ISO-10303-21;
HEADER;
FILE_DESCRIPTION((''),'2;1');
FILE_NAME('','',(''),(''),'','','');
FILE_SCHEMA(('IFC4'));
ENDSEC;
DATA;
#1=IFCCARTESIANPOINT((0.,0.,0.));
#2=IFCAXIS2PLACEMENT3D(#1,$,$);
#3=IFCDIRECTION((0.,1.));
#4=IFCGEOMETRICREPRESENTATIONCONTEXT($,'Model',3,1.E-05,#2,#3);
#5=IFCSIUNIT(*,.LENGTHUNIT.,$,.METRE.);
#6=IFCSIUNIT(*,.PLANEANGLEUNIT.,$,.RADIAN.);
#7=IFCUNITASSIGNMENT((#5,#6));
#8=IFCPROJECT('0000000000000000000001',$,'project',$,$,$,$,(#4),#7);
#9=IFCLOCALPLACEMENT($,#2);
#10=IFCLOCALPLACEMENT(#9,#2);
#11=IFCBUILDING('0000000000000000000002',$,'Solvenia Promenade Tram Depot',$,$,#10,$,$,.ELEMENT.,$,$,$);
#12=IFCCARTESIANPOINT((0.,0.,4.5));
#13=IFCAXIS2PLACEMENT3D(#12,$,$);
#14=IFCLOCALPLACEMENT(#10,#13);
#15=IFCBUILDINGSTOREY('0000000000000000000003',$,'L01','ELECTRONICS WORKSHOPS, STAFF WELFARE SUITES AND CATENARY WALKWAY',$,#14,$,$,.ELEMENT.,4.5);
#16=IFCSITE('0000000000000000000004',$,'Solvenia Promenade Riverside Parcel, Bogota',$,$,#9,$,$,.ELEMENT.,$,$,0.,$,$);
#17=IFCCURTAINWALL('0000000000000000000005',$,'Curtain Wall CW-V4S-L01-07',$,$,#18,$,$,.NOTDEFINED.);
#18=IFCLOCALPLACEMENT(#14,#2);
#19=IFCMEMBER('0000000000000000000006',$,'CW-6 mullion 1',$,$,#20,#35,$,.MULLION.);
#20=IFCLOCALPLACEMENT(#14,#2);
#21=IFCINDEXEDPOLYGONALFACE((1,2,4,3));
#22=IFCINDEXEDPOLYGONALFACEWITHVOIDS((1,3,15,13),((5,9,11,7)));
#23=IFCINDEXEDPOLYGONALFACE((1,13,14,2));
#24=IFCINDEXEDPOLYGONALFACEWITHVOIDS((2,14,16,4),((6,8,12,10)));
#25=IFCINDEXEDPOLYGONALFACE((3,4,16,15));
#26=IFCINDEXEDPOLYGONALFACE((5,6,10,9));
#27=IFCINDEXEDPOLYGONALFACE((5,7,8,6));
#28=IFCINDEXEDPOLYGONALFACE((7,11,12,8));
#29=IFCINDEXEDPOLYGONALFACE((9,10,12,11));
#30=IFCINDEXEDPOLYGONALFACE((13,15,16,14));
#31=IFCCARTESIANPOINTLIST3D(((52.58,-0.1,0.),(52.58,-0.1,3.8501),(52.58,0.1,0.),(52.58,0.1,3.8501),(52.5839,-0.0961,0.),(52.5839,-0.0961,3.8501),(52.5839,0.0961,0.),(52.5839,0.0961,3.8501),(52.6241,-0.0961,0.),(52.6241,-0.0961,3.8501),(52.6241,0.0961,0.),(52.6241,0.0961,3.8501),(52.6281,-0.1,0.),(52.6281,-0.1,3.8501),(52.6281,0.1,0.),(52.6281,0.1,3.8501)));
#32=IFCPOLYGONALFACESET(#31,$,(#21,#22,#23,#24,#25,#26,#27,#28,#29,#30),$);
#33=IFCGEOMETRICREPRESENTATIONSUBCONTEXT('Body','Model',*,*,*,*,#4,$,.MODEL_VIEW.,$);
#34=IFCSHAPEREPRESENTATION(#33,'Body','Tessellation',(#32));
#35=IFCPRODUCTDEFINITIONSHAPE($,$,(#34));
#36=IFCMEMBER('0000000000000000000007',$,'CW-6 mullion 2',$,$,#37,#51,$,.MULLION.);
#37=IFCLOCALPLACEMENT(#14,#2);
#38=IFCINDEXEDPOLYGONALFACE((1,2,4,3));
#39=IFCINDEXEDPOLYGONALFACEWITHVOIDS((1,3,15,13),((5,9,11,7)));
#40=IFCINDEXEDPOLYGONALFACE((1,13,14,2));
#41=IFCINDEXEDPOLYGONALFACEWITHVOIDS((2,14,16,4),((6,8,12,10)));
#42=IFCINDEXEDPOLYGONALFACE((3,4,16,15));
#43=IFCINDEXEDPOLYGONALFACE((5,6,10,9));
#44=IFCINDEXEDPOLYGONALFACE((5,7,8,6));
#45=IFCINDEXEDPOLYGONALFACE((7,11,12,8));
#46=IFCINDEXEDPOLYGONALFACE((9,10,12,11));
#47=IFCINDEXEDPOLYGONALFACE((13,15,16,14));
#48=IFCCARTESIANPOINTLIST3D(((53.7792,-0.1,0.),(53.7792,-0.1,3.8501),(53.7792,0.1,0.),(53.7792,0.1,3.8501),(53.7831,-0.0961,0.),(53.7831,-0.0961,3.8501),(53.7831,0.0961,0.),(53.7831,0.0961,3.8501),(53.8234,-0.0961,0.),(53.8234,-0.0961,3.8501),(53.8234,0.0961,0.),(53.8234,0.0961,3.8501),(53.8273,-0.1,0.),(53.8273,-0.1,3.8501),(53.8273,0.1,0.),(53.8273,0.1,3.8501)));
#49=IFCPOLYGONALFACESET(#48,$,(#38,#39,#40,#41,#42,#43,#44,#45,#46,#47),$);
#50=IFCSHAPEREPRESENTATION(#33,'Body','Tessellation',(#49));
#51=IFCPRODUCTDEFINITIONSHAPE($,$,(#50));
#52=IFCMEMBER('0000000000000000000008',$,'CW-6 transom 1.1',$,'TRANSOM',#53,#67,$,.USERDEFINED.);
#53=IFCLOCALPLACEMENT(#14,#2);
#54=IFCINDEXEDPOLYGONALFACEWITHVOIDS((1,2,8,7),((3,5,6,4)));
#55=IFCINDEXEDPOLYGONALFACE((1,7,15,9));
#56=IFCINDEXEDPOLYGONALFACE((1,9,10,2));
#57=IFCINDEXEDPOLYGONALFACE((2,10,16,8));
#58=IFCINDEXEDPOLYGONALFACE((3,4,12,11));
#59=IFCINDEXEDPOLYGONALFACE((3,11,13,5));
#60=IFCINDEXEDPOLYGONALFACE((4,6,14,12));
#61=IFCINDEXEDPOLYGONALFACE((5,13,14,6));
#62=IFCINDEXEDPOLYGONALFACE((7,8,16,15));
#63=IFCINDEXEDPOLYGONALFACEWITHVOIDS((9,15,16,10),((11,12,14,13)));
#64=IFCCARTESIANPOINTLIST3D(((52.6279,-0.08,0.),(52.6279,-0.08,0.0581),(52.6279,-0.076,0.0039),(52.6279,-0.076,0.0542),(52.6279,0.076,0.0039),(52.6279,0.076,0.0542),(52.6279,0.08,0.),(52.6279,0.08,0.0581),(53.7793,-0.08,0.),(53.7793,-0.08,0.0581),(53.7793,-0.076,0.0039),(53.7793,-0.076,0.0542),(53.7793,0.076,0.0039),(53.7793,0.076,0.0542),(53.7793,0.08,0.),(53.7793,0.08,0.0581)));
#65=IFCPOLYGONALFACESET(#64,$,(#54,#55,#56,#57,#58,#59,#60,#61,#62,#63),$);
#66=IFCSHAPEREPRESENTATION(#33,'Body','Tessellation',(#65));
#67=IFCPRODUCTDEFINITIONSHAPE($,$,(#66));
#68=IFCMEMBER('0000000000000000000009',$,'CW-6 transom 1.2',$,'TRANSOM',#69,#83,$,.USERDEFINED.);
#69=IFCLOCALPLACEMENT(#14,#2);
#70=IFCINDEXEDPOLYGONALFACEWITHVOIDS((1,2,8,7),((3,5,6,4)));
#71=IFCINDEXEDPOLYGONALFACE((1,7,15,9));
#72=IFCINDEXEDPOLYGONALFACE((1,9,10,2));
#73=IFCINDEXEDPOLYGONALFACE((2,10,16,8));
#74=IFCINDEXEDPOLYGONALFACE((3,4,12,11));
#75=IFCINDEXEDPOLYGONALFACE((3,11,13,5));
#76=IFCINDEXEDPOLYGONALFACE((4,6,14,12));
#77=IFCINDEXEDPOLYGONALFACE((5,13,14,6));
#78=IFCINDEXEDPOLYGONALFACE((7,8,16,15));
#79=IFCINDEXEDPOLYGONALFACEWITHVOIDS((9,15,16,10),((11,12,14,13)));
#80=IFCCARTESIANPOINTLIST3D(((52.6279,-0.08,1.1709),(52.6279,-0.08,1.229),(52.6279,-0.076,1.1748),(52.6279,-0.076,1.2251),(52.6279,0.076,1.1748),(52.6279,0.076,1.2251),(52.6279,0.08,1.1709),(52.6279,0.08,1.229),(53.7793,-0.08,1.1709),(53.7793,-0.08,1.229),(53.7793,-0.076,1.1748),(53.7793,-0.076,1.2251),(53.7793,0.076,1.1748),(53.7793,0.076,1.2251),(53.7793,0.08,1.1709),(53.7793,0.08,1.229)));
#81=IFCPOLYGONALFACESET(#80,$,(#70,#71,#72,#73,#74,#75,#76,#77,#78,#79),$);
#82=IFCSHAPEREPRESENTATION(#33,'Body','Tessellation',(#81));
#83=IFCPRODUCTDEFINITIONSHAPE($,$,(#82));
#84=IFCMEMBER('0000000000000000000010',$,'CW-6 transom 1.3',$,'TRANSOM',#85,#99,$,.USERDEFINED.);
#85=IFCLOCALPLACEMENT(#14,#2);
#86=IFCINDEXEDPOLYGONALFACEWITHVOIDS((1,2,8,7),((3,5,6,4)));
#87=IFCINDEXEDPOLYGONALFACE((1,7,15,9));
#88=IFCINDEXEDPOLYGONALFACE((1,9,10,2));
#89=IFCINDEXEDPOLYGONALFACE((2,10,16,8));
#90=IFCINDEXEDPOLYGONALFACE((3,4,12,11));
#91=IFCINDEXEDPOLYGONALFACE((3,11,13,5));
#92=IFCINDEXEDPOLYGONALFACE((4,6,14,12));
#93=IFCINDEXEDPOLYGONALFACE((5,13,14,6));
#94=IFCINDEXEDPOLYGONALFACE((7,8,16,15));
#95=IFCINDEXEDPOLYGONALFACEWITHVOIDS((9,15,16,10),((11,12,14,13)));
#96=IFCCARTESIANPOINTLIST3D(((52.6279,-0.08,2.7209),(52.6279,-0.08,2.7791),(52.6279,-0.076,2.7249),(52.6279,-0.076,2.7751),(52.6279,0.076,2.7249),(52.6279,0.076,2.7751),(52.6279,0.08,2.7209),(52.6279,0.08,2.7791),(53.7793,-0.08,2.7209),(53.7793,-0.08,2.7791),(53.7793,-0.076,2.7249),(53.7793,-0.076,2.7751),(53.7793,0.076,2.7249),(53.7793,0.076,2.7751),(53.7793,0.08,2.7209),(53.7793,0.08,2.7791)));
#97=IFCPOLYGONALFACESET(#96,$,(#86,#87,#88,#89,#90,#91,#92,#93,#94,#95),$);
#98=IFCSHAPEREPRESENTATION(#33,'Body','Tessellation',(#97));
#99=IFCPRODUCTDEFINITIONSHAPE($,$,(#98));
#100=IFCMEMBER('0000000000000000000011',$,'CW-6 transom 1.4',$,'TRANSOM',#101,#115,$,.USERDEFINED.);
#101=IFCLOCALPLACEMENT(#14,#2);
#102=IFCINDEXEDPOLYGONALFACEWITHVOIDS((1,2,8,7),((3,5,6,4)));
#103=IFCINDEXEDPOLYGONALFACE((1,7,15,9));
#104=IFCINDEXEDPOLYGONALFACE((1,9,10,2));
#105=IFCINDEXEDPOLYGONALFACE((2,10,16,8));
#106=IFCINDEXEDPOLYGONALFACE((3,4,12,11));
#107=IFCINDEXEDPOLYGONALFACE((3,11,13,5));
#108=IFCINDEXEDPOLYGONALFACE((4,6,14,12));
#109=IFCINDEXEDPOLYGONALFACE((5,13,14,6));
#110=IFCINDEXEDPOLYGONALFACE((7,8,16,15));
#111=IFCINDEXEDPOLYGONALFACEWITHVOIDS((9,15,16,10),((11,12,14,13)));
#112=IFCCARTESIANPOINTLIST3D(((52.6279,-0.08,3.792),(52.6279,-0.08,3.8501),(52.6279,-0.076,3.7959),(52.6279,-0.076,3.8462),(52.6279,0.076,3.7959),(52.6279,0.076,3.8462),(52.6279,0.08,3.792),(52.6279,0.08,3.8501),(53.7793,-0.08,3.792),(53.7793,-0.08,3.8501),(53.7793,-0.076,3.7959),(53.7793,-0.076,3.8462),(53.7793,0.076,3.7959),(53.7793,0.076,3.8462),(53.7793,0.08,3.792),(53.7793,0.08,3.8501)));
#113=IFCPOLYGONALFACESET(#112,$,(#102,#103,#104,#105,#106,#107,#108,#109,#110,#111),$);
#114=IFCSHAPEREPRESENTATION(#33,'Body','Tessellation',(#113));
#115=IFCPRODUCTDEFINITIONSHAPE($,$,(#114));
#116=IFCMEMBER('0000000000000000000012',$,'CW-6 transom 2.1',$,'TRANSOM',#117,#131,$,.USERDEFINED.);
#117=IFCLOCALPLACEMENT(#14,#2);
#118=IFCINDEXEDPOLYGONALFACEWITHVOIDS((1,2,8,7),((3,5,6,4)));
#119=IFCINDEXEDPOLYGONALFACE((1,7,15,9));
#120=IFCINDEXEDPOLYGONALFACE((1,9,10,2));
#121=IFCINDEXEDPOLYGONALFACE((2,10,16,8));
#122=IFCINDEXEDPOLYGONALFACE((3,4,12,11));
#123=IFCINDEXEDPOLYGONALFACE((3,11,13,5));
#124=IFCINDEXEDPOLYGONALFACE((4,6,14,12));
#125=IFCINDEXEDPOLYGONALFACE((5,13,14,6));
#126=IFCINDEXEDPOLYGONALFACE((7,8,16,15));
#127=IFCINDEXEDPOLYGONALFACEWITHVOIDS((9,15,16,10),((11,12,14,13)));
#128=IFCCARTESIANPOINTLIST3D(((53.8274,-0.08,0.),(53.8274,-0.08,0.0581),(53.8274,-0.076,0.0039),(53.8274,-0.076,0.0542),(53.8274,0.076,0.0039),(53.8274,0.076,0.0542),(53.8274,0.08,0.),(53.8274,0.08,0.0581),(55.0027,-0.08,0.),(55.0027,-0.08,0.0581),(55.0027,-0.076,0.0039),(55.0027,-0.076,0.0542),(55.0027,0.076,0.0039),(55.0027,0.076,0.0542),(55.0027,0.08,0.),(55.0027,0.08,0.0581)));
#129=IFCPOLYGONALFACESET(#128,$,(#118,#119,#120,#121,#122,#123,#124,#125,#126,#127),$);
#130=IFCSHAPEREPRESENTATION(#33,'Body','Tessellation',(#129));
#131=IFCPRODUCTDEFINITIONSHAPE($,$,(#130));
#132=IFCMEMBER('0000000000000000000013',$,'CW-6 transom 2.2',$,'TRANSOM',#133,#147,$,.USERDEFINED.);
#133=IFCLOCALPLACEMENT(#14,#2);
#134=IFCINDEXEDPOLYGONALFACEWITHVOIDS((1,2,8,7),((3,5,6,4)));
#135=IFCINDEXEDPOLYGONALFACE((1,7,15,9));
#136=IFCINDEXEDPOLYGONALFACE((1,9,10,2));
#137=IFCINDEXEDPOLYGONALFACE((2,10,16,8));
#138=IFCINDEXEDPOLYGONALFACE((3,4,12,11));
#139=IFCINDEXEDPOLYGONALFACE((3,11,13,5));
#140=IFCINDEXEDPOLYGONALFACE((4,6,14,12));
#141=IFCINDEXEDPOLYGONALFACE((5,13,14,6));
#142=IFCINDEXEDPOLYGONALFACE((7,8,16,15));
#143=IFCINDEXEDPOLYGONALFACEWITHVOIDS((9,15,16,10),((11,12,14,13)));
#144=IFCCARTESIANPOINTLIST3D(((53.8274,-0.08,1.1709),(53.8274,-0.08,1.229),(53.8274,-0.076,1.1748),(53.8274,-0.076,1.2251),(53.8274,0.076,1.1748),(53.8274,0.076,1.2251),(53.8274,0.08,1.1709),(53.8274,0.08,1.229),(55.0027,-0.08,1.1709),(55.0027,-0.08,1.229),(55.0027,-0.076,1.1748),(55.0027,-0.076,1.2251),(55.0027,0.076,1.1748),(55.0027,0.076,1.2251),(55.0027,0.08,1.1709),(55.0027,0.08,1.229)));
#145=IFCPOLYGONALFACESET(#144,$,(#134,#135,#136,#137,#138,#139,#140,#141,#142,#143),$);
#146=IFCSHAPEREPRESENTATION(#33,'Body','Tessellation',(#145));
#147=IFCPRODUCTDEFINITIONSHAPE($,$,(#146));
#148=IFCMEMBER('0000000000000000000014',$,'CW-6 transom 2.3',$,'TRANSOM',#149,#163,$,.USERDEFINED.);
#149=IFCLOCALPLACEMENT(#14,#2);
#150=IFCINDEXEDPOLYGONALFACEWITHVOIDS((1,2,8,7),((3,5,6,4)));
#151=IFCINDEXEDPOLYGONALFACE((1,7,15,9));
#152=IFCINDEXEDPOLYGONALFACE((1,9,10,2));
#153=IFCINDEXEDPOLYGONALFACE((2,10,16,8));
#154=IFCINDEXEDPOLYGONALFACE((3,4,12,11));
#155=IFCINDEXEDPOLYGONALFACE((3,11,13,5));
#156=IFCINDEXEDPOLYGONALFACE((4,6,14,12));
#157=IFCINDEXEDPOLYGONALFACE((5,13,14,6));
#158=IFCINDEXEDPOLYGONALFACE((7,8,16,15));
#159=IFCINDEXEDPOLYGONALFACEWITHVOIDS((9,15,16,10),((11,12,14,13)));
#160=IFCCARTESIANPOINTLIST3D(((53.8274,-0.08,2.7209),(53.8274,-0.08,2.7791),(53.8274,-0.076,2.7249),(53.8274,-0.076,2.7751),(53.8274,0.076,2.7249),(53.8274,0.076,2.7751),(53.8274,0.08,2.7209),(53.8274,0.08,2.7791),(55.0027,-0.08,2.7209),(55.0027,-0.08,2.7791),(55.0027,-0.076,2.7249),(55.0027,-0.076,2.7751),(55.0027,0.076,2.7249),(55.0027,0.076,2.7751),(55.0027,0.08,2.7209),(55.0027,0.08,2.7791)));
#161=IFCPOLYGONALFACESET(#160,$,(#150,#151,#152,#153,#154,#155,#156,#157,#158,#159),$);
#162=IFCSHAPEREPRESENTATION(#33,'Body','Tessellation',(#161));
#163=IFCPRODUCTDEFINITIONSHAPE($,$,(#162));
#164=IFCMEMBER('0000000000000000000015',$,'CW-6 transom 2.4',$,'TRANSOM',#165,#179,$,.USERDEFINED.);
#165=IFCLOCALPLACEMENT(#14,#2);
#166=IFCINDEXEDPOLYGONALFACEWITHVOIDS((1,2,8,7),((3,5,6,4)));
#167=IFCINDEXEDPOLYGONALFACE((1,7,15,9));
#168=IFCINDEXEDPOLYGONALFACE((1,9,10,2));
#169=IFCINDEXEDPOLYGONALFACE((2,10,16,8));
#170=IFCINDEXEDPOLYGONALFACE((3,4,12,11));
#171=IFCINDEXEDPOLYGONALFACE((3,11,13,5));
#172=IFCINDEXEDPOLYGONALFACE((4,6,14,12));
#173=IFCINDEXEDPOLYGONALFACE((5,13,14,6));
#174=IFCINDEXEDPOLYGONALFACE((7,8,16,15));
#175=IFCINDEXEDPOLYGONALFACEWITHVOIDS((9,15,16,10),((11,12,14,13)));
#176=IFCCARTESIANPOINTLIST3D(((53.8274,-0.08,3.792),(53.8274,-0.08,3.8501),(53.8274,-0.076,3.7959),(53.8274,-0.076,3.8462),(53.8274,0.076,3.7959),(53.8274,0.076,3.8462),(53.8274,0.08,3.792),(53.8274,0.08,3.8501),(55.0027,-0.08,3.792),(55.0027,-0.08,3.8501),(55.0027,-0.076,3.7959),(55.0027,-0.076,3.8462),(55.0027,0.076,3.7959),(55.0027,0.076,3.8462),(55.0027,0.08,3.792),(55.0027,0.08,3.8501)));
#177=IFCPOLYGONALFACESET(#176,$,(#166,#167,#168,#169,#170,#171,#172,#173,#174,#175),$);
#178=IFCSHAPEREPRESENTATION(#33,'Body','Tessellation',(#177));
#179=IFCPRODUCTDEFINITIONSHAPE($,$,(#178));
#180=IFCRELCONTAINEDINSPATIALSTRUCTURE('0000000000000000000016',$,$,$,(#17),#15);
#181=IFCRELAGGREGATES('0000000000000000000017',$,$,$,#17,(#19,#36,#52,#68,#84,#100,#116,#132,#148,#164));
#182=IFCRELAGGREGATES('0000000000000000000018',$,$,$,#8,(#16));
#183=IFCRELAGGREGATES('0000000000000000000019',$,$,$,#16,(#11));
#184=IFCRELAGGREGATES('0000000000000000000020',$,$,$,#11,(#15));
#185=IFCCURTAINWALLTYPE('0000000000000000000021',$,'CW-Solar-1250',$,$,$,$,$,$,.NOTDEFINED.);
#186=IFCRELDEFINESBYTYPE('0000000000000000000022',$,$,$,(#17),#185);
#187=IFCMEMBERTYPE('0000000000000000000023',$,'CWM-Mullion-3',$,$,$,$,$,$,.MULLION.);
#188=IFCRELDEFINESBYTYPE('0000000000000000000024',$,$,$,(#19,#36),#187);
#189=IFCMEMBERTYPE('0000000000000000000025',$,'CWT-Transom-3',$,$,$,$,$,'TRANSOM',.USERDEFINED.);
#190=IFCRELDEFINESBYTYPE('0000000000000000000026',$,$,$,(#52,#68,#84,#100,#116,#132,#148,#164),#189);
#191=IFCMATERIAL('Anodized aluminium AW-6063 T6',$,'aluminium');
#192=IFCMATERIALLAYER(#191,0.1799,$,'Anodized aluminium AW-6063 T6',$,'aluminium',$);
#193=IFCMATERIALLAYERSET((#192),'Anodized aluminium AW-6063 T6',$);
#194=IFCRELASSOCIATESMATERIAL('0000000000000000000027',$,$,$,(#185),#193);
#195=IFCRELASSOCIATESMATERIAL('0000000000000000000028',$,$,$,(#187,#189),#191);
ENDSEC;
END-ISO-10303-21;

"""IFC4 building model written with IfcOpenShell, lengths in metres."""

from ifc_helpers import new_model, si_unit, direction, frame, origin, origin_2d, place, context, subcontext, project, spatial, hollow_rectangle, extrude, material, layer, layer_set, material_profile, profile_set, type_object, element, aggregate, save


model = new_model("IFC4")

# Units and contexts
model_context = context("Model", 3, precision=1e-05, world=origin(), true_north=direction((0.0, 1.0)))
body_context = subcontext(model_context, "Body", "Model", "MODEL_VIEW")
ifc_project = project(units=[si_unit("LENGTHUNIT", "METRE"), si_unit("PLANEANGLEUNIT", "RADIAN")], contexts=[model_context])

# Site, building, storey
site_placement = place(None, origin())
site = spatial("IfcSite", under=ifc_project, at=site_placement, Name="Solvenia Promenade Riverside Parcel, Bogota", CompositionType="ELEMENT", RefElevation=0.0)
building_placement = place(site_placement, origin())
building = spatial("IfcBuilding", under=site, at=building_placement, Name="Solvenia Promenade Tram Depot", CompositionType="ELEMENT")
storey_placement = place(building_placement, frame((0.0, 0.0, 4.5)))
storey = spatial("IfcBuildingStorey", under=building, at=storey_placement, Name="L01", Description="ELECTRONICS WORKSHOPS, STAFF WELFARE SUITES AND CATENARY WALKWAY", CompositionType="ELEMENT", Elevation=4.5)

# Curtain wall, members
ifc_material_1 = material(Name="Anodized aluminium AW-6063 T6", Category="aluminium")
ifc_layer_1 = layer(ifc_material_1, 0.1799, Name="Anodized aluminium AW-6063 T6", Category="aluminium")
ifc_layer_set_1 = layer_set([ifc_layer_1], Name="Anodized aluminium AW-6063 T6")
curtain_wall_type = type_object("IfcCurtainWallType", Name="CW-Solar-1250", PredefinedType="NOTDEFINED", material=ifc_layer_set_1)
curtain_wall_placement = place(storey_placement, origin())
curtain_wall = element("IfcCurtainWall", 1, at=curtain_wall_placement, inside=storey, type_object=curtain_wall_type, Name="Curtain Wall CW-V4S-L01-07", PredefinedType="NOTDEFINED")
ifc_material_profile_1 = material_profile(ifc_material_1, hollow_rectangle(XDim=0.2, YDim=0.0481, WallThickness=0.0039, at=origin_2d()), Name="ALU-M3", Category="aluminium")
ifc_profile_set_1 = profile_set([ifc_material_profile_1], Name="Anodized aluminium AW-6063 T6")
member_type_1 = type_object("IfcMemberType", Name="CWM-Mullion-3", PredefinedType="MULLION", material=ifc_profile_set_1)
member_1_placement = place(storey_placement, frame((52.604, 0.0, 0.0), z_axis=(0.0, 0.0, 1.0), x_axis=(0.0, 1.0, 0.0)))
member_1 = element("IfcMember", 2, at=member_1_placement, type_object=member_type_1, Name="CW-6 mullion 1", PredefinedType="MULLION", context=body_context, shape_type="SweptSolid", body=[
    extrude(hollow_rectangle(XDim=0.2, YDim=0.0481, WallThickness=0.0039, at=origin_2d()), origin(), (0.0, 0.0, 1.0), 3.8501),
])
member_2_placement = place(storey_placement, frame((53.8032, 0.0, 0.0), z_axis=(0.0, 0.0, 1.0), x_axis=(0.0, 1.0, 0.0)))
member_2 = element("IfcMember", 3, at=member_2_placement, type_object=member_type_1, Name="CW-6 mullion 2", PredefinedType="MULLION", context=body_context, shape_type="SweptSolid", body=[
    extrude(hollow_rectangle(XDim=0.2, YDim=0.0481, WallThickness=0.0039, at=origin_2d()), origin(), (0.0, 0.0, 1.0), 3.8501),
])
ifc_material_profile_2 = material_profile(ifc_material_1, hollow_rectangle(XDim=0.1599, YDim=0.0581, WallThickness=0.0039, at=origin_2d()), Name="ALU-T3", Category="aluminium")
ifc_profile_set_2 = profile_set([ifc_material_profile_2], Name="Anodized aluminium AW-6063 T6")
member_type_2 = type_object("IfcMemberType", Name="CWT-Transom-3", ElementType="TRANSOM", PredefinedType="USERDEFINED", material=ifc_profile_set_2)
member_3_placement = place(storey_placement, frame((52.6279, 0.0, 0.0291), z_axis=(1.0, 0.0, 0.0), x_axis=(0.0, 1.0, 0.0)))
member_3 = element("IfcMember", 4, at=member_3_placement, type_object=member_type_2, Name="CW-6 transom 1.1", ObjectType="TRANSOM", PredefinedType="USERDEFINED", context=body_context, shape_type="SweptSolid", body=[
    extrude(hollow_rectangle(XDim=0.1599, YDim=0.0581, WallThickness=0.0039, at=origin_2d()), origin(), (0.0, 0.0, 1.0), 1.1514),
])
member_4_placement = place(storey_placement, frame((52.6279, 0.0, 1.2), z_axis=(1.0, 0.0, 0.0), x_axis=(0.0, 1.0, 0.0)))
member_4 = element("IfcMember", 5, at=member_4_placement, type_object=member_type_2, Name="CW-6 transom 1.2", ObjectType="TRANSOM", PredefinedType="USERDEFINED", context=body_context, shape_type="SweptSolid", body=[
    extrude(hollow_rectangle(XDim=0.1599, YDim=0.0581, WallThickness=0.0039, at=origin_2d()), origin(), (0.0, 0.0, 1.0), 1.1514),
])
member_5_placement = place(storey_placement, frame((52.6279, 0.0, 2.75), z_axis=(1.0, 0.0, 0.0), x_axis=(0.0, 1.0, 0.0)))
member_5 = element("IfcMember", 6, at=member_5_placement, type_object=member_type_2, Name="CW-6 transom 1.3", ObjectType="TRANSOM", PredefinedType="USERDEFINED", context=body_context, shape_type="SweptSolid", body=[
    extrude(hollow_rectangle(XDim=0.1599, YDim=0.0581, WallThickness=0.0039, at=origin_2d()), origin(), (0.0, 0.0, 1.0), 1.1514),
])
member_6_placement = place(storey_placement, frame((52.6279, 0.0, 3.821), z_axis=(1.0, 0.0, 0.0), x_axis=(0.0, 1.0, 0.0)))
member_6 = element("IfcMember", 7, at=member_6_placement, type_object=member_type_2, Name="CW-6 transom 1.4", ObjectType="TRANSOM", PredefinedType="USERDEFINED", context=body_context, shape_type="SweptSolid", body=[
    extrude(hollow_rectangle(XDim=0.1599, YDim=0.0581, WallThickness=0.0039, at=origin_2d()), origin(), (0.0, 0.0, 1.0), 1.1514),
])
member_7_placement = place(storey_placement, frame((53.8274, 0.0, 0.0291), z_axis=(1.0, 0.0, 0.0), x_axis=(0.0, 1.0, 0.0)))
member_7 = element("IfcMember", 8, at=member_7_placement, type_object=member_type_2, Name="CW-6 transom 2.1", ObjectType="TRANSOM", PredefinedType="USERDEFINED", context=body_context, shape_type="SweptSolid", body=[
    extrude(hollow_rectangle(XDim=0.1599, YDim=0.0581, WallThickness=0.0039, at=origin_2d()), origin(), (0.0, 0.0, 1.0), 1.1753),
])
member_8_placement = place(storey_placement, frame((53.8274, 0.0, 1.2), z_axis=(1.0, 0.0, 0.0), x_axis=(0.0, 1.0, 0.0)))
member_8 = element("IfcMember", 9, at=member_8_placement, type_object=member_type_2, Name="CW-6 transom 2.2", ObjectType="TRANSOM", PredefinedType="USERDEFINED", context=body_context, shape_type="SweptSolid", body=[
    extrude(hollow_rectangle(XDim=0.1599, YDim=0.0581, WallThickness=0.0039, at=origin_2d()), origin(), (0.0, 0.0, 1.0), 1.1753),
])
member_9_placement = place(storey_placement, frame((53.8274, 0.0, 2.75), z_axis=(1.0, 0.0, 0.0), x_axis=(0.0, 1.0, 0.0)))
member_9 = element("IfcMember", 10, at=member_9_placement, type_object=member_type_2, Name="CW-6 transom 2.3", ObjectType="TRANSOM", PredefinedType="USERDEFINED", context=body_context, shape_type="SweptSolid", body=[
    extrude(hollow_rectangle(XDim=0.1599, YDim=0.0581, WallThickness=0.0039, at=origin_2d()), origin(), (0.0, 0.0, 1.0), 1.1753),
])
member_10_placement = place(storey_placement, frame((53.8274, 0.0, 3.821), z_axis=(1.0, 0.0, 0.0), x_axis=(0.0, 1.0, 0.0)))
member_10 = element("IfcMember", 11, at=member_10_placement, type_object=member_type_2, Name="CW-6 transom 2.4", ObjectType="TRANSOM", PredefinedType="USERDEFINED", context=body_context, shape_type="SweptSolid", body=[
    extrude(hollow_rectangle(XDim=0.1599, YDim=0.0581, WallThickness=0.0039, at=origin_2d()), origin(), (0.0, 0.0, 1.0), 1.1753),
])

aggregate(curtain_wall, [member_1, member_2, member_3, member_4, member_5, member_6, member_7, member_8, member_9, member_10])

save(model, "model.ifc")
